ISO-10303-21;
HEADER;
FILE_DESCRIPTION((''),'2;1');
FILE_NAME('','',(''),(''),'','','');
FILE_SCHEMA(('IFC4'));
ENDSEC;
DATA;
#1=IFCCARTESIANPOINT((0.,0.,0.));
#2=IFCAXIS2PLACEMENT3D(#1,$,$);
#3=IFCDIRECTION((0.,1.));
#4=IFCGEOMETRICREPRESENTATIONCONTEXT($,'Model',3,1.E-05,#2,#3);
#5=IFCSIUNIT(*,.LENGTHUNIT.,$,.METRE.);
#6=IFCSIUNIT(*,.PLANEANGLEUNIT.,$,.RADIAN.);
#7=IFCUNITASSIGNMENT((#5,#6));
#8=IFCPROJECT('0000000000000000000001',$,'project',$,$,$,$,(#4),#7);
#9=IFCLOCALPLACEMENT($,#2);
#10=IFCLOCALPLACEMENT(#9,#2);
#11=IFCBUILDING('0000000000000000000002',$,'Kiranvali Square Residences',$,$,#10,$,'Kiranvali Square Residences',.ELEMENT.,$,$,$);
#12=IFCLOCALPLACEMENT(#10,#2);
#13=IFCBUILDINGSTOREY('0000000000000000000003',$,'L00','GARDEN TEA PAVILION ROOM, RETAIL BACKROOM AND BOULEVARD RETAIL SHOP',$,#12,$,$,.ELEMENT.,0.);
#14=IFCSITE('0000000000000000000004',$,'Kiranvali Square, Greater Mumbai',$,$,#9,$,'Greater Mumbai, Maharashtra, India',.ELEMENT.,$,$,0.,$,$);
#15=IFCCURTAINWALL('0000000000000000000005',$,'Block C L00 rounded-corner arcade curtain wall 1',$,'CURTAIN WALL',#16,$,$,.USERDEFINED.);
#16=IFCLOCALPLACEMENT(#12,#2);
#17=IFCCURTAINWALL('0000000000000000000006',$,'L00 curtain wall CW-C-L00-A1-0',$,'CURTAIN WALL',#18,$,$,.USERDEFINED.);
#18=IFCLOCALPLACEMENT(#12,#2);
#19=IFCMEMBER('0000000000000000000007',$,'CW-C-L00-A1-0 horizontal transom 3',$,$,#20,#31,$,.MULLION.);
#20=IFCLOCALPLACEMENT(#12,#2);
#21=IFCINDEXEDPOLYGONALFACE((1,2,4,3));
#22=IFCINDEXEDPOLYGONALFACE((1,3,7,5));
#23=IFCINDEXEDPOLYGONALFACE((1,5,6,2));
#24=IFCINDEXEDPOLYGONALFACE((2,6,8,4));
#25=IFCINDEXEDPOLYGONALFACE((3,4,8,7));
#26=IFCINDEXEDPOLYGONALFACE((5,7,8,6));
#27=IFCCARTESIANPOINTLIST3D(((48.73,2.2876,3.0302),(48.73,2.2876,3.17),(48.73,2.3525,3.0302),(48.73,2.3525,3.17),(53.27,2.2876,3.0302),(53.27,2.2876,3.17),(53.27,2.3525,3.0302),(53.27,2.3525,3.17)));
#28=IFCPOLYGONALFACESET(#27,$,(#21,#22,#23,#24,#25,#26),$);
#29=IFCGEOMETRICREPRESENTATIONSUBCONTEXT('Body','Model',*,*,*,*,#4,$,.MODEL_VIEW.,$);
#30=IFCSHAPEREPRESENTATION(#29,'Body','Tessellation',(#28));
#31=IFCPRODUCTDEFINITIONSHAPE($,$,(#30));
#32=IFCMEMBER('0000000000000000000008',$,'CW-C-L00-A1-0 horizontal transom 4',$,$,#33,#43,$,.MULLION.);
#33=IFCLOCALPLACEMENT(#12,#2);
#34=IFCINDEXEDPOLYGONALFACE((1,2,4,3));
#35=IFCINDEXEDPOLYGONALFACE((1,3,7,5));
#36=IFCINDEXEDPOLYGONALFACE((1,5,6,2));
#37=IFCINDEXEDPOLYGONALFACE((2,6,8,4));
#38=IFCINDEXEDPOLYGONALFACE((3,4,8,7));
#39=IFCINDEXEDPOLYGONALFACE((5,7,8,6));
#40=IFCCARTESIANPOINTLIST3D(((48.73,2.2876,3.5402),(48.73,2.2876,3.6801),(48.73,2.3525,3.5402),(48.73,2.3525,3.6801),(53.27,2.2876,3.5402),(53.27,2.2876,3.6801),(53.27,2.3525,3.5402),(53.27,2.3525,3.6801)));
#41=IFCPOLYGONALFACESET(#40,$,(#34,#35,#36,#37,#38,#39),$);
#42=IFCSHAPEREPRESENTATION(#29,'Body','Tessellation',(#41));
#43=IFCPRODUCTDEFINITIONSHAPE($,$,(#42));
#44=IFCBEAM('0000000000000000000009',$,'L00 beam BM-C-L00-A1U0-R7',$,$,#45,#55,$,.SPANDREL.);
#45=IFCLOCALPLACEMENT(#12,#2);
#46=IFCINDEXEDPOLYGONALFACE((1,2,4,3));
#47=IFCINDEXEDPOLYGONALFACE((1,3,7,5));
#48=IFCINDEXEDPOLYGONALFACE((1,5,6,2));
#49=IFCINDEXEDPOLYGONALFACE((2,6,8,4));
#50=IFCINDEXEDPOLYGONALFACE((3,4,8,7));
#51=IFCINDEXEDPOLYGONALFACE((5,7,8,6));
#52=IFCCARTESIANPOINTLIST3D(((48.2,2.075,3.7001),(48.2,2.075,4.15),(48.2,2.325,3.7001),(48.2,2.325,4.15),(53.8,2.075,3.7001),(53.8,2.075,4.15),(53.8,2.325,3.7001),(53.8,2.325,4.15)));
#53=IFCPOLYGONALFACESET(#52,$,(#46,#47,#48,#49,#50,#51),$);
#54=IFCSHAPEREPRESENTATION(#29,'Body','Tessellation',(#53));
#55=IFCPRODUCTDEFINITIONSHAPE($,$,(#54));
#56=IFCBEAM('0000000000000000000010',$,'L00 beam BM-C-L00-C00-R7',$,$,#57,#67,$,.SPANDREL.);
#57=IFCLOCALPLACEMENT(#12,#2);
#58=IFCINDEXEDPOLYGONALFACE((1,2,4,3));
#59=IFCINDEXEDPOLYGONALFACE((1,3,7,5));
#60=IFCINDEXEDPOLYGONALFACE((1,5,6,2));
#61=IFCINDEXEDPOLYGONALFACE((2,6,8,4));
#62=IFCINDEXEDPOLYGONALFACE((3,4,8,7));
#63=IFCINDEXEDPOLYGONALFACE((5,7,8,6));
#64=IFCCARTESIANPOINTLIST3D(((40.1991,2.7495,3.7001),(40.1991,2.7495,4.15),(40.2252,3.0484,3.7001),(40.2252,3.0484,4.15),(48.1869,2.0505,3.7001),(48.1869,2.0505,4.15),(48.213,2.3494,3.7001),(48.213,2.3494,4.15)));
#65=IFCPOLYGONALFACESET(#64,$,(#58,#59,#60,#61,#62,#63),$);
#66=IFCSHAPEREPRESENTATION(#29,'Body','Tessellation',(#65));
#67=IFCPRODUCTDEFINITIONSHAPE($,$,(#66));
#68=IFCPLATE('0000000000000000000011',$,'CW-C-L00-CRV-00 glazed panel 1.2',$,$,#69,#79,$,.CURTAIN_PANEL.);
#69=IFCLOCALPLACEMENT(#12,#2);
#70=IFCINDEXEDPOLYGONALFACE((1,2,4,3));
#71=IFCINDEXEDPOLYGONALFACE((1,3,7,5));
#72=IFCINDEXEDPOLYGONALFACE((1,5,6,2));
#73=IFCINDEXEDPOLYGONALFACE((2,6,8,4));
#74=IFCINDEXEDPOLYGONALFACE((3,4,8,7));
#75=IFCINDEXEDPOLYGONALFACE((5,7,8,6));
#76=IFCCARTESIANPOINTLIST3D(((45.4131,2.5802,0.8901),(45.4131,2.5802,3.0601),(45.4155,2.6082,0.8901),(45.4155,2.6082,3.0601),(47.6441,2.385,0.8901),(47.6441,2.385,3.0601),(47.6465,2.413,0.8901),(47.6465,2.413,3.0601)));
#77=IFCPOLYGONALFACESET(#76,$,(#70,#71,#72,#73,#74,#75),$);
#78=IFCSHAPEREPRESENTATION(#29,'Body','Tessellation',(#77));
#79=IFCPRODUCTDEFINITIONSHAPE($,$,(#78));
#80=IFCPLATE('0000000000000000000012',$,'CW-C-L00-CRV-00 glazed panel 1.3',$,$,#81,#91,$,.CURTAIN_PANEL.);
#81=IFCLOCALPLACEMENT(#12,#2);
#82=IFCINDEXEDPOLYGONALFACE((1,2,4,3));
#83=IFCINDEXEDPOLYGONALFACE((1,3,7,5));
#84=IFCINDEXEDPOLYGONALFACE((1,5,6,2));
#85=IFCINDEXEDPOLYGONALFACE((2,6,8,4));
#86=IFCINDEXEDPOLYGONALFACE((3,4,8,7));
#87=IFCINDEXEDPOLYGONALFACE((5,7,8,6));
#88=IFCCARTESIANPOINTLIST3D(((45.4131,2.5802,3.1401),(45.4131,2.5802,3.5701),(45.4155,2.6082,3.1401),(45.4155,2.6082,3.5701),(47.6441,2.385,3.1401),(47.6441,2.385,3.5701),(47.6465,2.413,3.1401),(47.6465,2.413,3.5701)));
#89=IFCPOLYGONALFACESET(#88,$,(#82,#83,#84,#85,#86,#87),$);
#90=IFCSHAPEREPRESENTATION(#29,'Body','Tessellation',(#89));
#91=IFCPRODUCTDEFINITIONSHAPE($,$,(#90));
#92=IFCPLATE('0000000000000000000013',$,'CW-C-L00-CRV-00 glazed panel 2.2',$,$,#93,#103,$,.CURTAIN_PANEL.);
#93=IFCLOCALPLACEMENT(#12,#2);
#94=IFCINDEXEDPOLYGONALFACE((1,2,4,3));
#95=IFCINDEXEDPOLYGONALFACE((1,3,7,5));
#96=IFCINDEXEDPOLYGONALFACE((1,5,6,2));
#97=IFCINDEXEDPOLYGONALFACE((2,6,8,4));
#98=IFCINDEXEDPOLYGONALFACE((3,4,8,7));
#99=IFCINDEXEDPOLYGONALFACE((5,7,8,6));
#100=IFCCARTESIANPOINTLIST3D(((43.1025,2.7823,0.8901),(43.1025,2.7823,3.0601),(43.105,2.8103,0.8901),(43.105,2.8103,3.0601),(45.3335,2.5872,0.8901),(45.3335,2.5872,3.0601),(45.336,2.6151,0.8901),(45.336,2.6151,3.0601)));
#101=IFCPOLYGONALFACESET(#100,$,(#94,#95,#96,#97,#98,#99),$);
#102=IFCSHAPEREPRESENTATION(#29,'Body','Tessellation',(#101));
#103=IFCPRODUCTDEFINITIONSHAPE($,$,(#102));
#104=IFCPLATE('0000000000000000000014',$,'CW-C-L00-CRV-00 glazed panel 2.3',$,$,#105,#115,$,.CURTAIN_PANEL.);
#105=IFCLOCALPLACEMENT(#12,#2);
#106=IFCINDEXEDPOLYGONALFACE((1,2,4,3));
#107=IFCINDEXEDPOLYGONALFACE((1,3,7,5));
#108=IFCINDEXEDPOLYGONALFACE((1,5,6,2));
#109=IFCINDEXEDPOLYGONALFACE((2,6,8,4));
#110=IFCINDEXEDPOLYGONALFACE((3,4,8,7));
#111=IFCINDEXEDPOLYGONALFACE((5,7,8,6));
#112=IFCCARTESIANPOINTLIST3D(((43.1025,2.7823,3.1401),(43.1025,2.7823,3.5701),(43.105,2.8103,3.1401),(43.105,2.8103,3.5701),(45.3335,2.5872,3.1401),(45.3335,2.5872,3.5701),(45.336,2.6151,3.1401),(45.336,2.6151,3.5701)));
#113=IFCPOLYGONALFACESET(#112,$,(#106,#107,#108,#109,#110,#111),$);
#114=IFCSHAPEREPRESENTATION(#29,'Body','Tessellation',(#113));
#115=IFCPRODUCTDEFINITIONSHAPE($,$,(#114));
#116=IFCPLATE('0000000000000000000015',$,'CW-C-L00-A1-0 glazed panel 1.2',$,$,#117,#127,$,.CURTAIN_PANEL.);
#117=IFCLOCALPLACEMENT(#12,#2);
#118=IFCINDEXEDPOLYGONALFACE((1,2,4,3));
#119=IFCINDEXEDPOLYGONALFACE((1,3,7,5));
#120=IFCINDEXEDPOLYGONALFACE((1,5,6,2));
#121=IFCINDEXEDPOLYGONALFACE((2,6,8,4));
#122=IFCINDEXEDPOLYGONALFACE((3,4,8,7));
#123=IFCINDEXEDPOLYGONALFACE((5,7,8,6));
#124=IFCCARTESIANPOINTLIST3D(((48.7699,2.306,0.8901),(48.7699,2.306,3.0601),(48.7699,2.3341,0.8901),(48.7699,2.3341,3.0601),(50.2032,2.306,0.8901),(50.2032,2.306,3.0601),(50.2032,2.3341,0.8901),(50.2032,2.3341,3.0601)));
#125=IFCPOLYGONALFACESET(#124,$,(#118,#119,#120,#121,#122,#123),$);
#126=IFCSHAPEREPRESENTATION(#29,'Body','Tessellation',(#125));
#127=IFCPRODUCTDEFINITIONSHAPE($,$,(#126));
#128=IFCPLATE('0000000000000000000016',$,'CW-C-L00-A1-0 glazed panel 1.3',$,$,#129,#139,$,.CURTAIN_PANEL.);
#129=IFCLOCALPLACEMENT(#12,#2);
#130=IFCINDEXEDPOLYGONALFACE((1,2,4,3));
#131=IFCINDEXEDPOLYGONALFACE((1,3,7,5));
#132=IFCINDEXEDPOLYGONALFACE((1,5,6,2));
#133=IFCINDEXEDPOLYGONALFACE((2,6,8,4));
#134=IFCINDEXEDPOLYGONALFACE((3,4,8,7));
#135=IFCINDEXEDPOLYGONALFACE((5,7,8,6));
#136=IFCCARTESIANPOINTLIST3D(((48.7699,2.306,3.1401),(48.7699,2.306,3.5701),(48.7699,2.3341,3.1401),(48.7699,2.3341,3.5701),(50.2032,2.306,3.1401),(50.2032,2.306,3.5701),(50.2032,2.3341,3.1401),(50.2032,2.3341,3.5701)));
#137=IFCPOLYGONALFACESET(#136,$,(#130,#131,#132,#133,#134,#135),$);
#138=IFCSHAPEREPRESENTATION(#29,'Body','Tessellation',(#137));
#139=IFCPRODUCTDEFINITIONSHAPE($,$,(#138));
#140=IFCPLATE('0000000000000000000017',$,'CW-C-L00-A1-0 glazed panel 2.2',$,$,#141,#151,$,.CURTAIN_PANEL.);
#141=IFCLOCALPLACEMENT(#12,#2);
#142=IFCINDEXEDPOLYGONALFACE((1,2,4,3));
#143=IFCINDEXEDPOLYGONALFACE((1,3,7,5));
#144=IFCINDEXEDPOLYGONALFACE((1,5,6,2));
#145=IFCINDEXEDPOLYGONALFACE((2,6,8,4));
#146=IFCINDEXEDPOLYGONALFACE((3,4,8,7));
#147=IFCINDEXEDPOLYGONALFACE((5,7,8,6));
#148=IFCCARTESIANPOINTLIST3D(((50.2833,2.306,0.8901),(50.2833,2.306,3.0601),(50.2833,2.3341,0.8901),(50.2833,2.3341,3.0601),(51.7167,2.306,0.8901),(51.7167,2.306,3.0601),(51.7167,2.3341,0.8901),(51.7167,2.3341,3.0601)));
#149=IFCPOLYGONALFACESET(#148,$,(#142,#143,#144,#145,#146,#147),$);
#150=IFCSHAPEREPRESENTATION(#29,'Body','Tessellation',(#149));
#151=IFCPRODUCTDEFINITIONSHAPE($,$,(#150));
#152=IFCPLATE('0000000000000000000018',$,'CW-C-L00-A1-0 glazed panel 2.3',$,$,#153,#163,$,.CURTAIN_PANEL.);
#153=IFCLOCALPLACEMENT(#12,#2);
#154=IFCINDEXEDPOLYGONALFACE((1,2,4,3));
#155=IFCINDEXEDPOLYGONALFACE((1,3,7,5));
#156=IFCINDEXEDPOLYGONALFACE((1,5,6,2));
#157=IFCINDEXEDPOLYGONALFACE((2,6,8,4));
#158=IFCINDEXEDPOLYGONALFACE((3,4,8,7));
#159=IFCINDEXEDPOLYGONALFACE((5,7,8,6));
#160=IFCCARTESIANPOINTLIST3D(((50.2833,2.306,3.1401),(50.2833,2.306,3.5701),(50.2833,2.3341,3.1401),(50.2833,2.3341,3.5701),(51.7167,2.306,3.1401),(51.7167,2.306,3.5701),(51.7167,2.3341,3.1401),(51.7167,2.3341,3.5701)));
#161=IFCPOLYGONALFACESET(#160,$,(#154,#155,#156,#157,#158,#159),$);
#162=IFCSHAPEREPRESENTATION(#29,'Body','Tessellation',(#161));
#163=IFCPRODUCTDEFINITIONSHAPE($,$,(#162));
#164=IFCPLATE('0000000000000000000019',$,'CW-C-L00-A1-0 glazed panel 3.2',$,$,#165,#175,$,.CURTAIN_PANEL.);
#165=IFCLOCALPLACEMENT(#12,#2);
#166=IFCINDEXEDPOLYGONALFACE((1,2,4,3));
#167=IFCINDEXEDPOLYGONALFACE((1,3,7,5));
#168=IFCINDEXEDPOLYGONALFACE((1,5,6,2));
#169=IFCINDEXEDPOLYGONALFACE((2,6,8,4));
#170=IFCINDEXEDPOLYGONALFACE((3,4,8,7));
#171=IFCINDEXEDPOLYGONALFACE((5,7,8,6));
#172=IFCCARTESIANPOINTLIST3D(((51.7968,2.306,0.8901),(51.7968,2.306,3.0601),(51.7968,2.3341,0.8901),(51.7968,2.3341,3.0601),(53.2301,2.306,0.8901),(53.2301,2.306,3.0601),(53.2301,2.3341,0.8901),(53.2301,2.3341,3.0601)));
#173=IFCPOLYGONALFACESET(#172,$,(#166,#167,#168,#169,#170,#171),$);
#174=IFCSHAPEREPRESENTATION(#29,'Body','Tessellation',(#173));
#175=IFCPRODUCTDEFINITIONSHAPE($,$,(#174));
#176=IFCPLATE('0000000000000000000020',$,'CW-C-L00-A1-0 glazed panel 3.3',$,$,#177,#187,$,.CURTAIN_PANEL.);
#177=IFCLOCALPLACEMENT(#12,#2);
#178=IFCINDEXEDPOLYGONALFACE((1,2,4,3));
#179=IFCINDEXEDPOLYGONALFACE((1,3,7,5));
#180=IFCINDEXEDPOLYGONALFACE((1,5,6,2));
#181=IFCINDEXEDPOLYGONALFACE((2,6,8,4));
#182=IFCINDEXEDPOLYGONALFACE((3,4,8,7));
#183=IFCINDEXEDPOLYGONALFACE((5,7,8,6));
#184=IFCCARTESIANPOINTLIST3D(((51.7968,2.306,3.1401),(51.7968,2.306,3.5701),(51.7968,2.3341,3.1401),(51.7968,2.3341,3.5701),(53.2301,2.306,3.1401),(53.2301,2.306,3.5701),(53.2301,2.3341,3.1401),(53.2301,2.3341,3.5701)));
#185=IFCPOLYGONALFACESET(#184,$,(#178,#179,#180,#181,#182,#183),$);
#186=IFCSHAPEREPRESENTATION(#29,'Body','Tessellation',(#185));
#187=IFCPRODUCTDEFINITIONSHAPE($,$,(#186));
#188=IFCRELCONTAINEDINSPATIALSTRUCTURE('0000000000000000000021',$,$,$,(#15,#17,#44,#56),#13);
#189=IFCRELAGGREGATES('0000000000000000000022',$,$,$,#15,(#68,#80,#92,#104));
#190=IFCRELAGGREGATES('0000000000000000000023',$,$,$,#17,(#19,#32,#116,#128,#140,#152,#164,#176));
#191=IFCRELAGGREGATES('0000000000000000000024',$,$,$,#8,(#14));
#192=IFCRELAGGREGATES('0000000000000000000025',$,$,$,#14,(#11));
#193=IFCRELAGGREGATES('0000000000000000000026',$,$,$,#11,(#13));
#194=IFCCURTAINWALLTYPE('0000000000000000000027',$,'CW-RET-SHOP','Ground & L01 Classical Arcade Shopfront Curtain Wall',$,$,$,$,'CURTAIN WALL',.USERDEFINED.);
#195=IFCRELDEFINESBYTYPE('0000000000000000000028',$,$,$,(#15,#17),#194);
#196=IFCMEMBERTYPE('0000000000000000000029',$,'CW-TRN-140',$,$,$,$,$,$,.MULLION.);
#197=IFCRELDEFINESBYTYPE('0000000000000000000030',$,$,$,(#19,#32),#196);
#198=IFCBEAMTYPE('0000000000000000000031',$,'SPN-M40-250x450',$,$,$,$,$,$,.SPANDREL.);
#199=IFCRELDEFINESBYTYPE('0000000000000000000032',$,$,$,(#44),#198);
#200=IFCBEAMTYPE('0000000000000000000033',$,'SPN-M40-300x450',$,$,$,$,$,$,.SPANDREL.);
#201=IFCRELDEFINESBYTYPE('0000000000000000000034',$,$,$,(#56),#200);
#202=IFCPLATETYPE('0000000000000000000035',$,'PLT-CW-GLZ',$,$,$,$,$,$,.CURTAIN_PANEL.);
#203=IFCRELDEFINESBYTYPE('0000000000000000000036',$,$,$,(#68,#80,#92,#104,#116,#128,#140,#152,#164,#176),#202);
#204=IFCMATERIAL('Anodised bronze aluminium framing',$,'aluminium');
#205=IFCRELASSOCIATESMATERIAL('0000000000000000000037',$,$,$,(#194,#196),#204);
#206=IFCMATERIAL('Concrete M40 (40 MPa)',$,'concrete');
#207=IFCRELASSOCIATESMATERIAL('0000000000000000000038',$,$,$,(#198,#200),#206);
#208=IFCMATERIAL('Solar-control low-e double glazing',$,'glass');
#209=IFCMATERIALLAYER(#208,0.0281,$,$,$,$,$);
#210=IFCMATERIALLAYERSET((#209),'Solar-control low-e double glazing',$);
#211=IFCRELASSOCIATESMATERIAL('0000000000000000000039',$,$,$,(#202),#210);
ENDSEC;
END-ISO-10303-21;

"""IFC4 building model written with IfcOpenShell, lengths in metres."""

from ifc_helpers import new_model, si_unit, direction, frame, origin, origin_2d, place, context, subcontext, project, spatial, rectangle, extrude, material, layer, layer_set, material_profile, profile_set, type_object, element, aggregate, save


model = new_model("IFC4")

# Units and contexts
model_context = context("Model", 3, precision=1e-05, world=origin(), true_north=direction((0.0, 1.0)))
body_context = subcontext(model_context, "Body", "Model", "MODEL_VIEW")
ifc_project = project(units=[si_unit("LENGTHUNIT", "METRE"), si_unit("PLANEANGLEUNIT", "RADIAN")], contexts=[model_context])

# Site, building, storey
site_placement = place(None, origin())
site = spatial("IfcSite", under=ifc_project, at=site_placement, Name="Kiranvali Square, Greater Mumbai", LongName="Greater Mumbai, Maharashtra, India", CompositionType="ELEMENT", RefElevation=0.0)
building_placement = place(site_placement, origin())
building = spatial("IfcBuilding", under=site, at=building_placement, Name="Kiranvali Square Residences", LongName="Kiranvali Square Residences", CompositionType="ELEMENT")
storey_placement = place(building_placement, origin())
storey = spatial("IfcBuildingStorey", under=building, at=storey_placement, Name="L00", Description="GARDEN TEA PAVILION ROOM, RETAIL BACKROOM AND BOULEVARD RETAIL SHOP", CompositionType="ELEMENT", Elevation=0.0)

# Curtain walls
ifc_material_1 = material(Name="Anodised bronze aluminium framing", Category="aluminium")
curtain_wall_type = type_object("IfcCurtainWallType", Name="CW-RET-SHOP", Description="Ground & L01 Classical Arcade Shopfront Curtain Wall", ElementType="CURTAIN WALL", PredefinedType="USERDEFINED", material=ifc_material_1)
curtain_wall_1_placement = place(storey_placement, origin())
curtain_wall_1 = element("IfcCurtainWall", 1, at=curtain_wall_1_placement, inside=storey, type_object=curtain_wall_type, Name="Block C L00 rounded-corner arcade curtain wall 1", ObjectType="CURTAIN WALL", PredefinedType="USERDEFINED")
curtain_wall_2_placement = place(storey_placement, origin())
curtain_wall_2 = element("IfcCurtainWall", 2, at=curtain_wall_2_placement, inside=storey, type_object=curtain_wall_type, Name="L00 curtain wall CW-C-L00-A1-0", ObjectType="CURTAIN WALL", PredefinedType="USERDEFINED")

# Members
ifc_material_profile_1 = material_profile(ifc_material_1, rectangle(XDim=0.0649, YDim=0.1399, at=origin_2d()), Name="ALU 65x140")
ifc_profile_set_1 = profile_set([ifc_material_profile_1], Name="Anodised bronze aluminium framing")
member_type_1 = type_object("IfcMemberType", Name="CW-TRN-140", PredefinedType="MULLION", material=ifc_profile_set_1)
member_1_placement = place(storey_placement, frame((48.73, 2.3201, 3.1001), z_axis=(1.0, 0.0, 0.0), x_axis=(0.0, 1.0, 0.0)))
member_1 = element("IfcMember", 3, at=member_1_placement, type_object=member_type_1, Name="CW-C-L00-A1-0 horizontal transom 3", PredefinedType="MULLION", context=body_context, shape_type="SweptSolid", body=[
    extrude(rectangle(XDim=0.0649, YDim=0.1399, at=origin_2d()), origin(), (0.0, 0.0, 1.0), 4.54),
])
member_2_placement = place(storey_placement, frame((48.73, 2.3201, 3.6101), z_axis=(1.0, 0.0, 0.0), x_axis=(0.0, 1.0, 0.0)))
member_2 = element("IfcMember", 4, at=member_2_placement, type_object=member_type_1, Name="CW-C-L00-A1-0 horizontal transom 4", PredefinedType="MULLION", context=body_context, shape_type="SweptSolid", body=[
    extrude(rectangle(XDim=0.0649, YDim=0.1399, at=origin_2d()), origin(), (0.0, 0.0, 1.0), 4.54),
])

# Beams
ifc_material_2 = material(Name="Concrete M40 (40 MPa)", Category="concrete")
ifc_material_profile_2 = material_profile(ifc_material_2, rectangle(XDim=0.25, YDim=0.45, at=origin_2d()), Name="RC 250x450")
ifc_profile_set_2 = profile_set([ifc_material_profile_2], Name="Concrete M40 (40 MPa)")
beam_type_1 = type_object("IfcBeamType", Name="SPN-M40-250x450", PredefinedType="SPANDREL", material=ifc_profile_set_2)
beam_1_placement = place(storey_placement, frame((48.2, 2.2, 3.925), z_axis=(1.0, 0.0, 0.0), x_axis=(0.0, 1.0, 0.0)))
element("IfcBeam", 5, at=beam_1_placement, inside=storey, type_object=beam_type_1, Name="L00 beam BM-C-L00-A1U0-R7", PredefinedType="SPANDREL", context=body_context, shape_type="SweptSolid", body=[
    extrude(rectangle(XDim=0.25, YDim=0.45, at=origin_2d()), origin(), (0.0, 0.0, 1.0), 5.6001),
])
ifc_material_profile_3 = material_profile(ifc_material_2, rectangle(XDim=0.3, YDim=0.45, at=origin_2d()), Name="RC 300x450")
ifc_profile_set_3 = profile_set([ifc_material_profile_3], Name="Concrete M40 (40 MPa)")
beam_type_2 = type_object("IfcBeamType", Name="SPN-M40-300x450", PredefinedType="SPANDREL", material=ifc_profile_set_3)
beam_2_placement = place(storey_placement, frame((48.2, 2.2, 3.925), z_axis=(-0.996193, 0.087172, 0.0), x_axis=(-0.087172, -0.996193, 0.0)))
element("IfcBeam", 6, at=beam_2_placement, inside=storey, type_object=beam_type_2, Name="L00 beam BM-C-L00-C00-R7", PredefinedType="SPANDREL", context=body_context, shape_type="SweptSolid", body=[
    extrude(rectangle(XDim=0.3, YDim=0.45, at=origin_2d()), origin(), (0.0, 0.0, 1.0), 8.0183),
])

# Plates
ifc_material_3 = material(Name="Solar-control low-e double glazing", Category="glass")
ifc_layer_1 = layer(ifc_material_3, 0.0281)
ifc_layer_set_1 = layer_set([ifc_layer_1], Name="Solar-control low-e double glazing")
plate_type_1 = type_object("IfcPlateType", Name="PLT-CW-GLZ", PredefinedType="CURTAIN_PANEL", material=ifc_layer_set_1)
plate_1_placement = place(storey_placement, frame((46.5298, 2.4966, 0.8901), z_axis=(0.0, 0.0, 1.0), x_axis=(-0.996195, 0.087156, 0.0)))
plate_1 = element("IfcPlate", 7, at=plate_1_placement, type_object=plate_type_1, Name="CW-C-L00-CRV-00 glazed panel 1.2", PredefinedType="CURTAIN_PANEL", context=body_context, shape_type="SweptSolid", body=[
    extrude(rectangle(XDim=2.2395, YDim=0.0281, at=origin_2d()), origin(), (0.0, 0.0, 1.0), 2.1699),
])
plate_2_placement = place(storey_placement, frame((46.5298, 2.4966, 3.1401), z_axis=(0.0, 0.0, 1.0), x_axis=(-0.996195, 0.087156, 0.0)))
plate_2 = element("IfcPlate", 8, at=plate_2_placement, type_object=plate_type_1, Name="CW-C-L00-CRV-00 glazed panel 1.3", PredefinedType="CURTAIN_PANEL", context=body_context, shape_type="SweptSolid", body=[
    extrude(rectangle(XDim=2.2395, YDim=0.0281, at=origin_2d()), origin(), (0.0, 0.0, 1.0), 0.4299),
])
plate_3_placement = place(storey_placement, frame((44.2192, 2.6987, 0.8901), z_axis=(0.0, 0.0, 1.0), x_axis=(-0.996195, 0.087156, 0.0)))
plate_3 = element("IfcPlate", 9, at=plate_3_placement, type_object=plate_type_1, Name="CW-C-L00-CRV-00 glazed panel 2.2", PredefinedType="CURTAIN_PANEL", context=body_context, shape_type="SweptSolid", body=[
    extrude(rectangle(XDim=2.2395, YDim=0.0281, at=origin_2d()), origin(), (0.0, 0.0, 1.0), 2.1699),
])
plate_4_placement = place(storey_placement, frame((44.2192, 2.6987, 3.1401), z_axis=(0.0, 0.0, 1.0), x_axis=(-0.996195, 0.087156, 0.0)))
plate_4 = element("IfcPlate", 10, at=plate_4_placement, type_object=plate_type_1, Name="CW-C-L00-CRV-00 glazed panel 2.3", PredefinedType="CURTAIN_PANEL", context=body_context, shape_type="SweptSolid", body=[
    extrude(rectangle(XDim=2.2395, YDim=0.0281, at=origin_2d()), origin(), (0.0, 0.0, 1.0), 0.4299),
])
plate_5_placement = place(storey_placement, frame((49.4866, 2.3201, 0.8901), z_axis=(0.0, 0.0, 1.0), x_axis=(1.0, 0.0, 0.0)))
plate_5 = element("IfcPlate", 11, at=plate_5_placement, type_object=plate_type_1, Name="CW-C-L00-A1-0 glazed panel 1.2", PredefinedType="CURTAIN_PANEL", context=body_context, shape_type="SweptSolid", body=[
    extrude(rectangle(XDim=1.4333, YDim=0.0281, at=origin_2d()), origin(), (0.0, 0.0, 1.0), 2.1699),
])
plate_6_placement = place(storey_placement, frame((49.4866, 2.3201, 3.1401), z_axis=(0.0, 0.0, 1.0), x_axis=(1.0, 0.0, 0.0)))
plate_6 = element("IfcPlate", 12, at=plate_6_placement, type_object=plate_type_1, Name="CW-C-L00-A1-0 glazed panel 1.3", PredefinedType="CURTAIN_PANEL", context=body_context, shape_type="SweptSolid", body=[
    extrude(rectangle(XDim=1.4333, YDim=0.0281, at=origin_2d()), origin(), (0.0, 0.0, 1.0), 0.4299),
])
plate_7_placement = place(storey_placement, frame((51.0, 2.3201, 0.8901), z_axis=(0.0, 0.0, 1.0), x_axis=(1.0, 0.0, 0.0)))
plate_7 = element("IfcPlate", 13, at=plate_7_placement, type_object=plate_type_1, Name="CW-C-L00-A1-0 glazed panel 2.2", PredefinedType="CURTAIN_PANEL", context=body_context, shape_type="SweptSolid", body=[
    extrude(rectangle(XDim=1.4333, YDim=0.0281, at=origin_2d()), origin(), (0.0, 0.0, 1.0), 2.1699),
])
plate_8_placement = place(storey_placement, frame((51.0, 2.3201, 3.1401), z_axis=(0.0, 0.0, 1.0), x_axis=(1.0, 0.0, 0.0)))
plate_8 = element("IfcPlate", 14, at=plate_8_placement, type_object=plate_type_1, Name="CW-C-L00-A1-0 glazed panel 2.3", PredefinedType="CURTAIN_PANEL", context=body_context, shape_type="SweptSolid", body=[
    extrude(rectangle(XDim=1.4333, YDim=0.0281, at=origin_2d()), origin(), (0.0, 0.0, 1.0), 0.4299),
])
plate_9_placement = place(storey_placement, frame((52.5134, 2.3201, 0.8901), z_axis=(0.0, 0.0, 1.0), x_axis=(1.0, 0.0, 0.0)))
plate_9 = element("IfcPlate", 15, at=plate_9_placement, type_object=plate_type_1, Name="CW-C-L00-A1-0 glazed panel 3.2", PredefinedType="CURTAIN_PANEL", context=body_context, shape_type="SweptSolid", body=[
    extrude(rectangle(XDim=1.4333, YDim=0.0281, at=origin_2d()), origin(), (0.0, 0.0, 1.0), 2.1699),
])
plate_10_placement = place(storey_placement, frame((52.5134, 2.3201, 3.1401), z_axis=(0.0, 0.0, 1.0), x_axis=(1.0, 0.0, 0.0)))
plate_10 = element("IfcPlate", 16, at=plate_10_placement, type_object=plate_type_1, Name="CW-C-L00-A1-0 glazed panel 3.3", PredefinedType="CURTAIN_PANEL", context=body_context, shape_type="SweptSolid", body=[
    extrude(rectangle(XDim=1.4333, YDim=0.0281, at=origin_2d()), origin(), (0.0, 0.0, 1.0), 0.4299),
])
aggregate(curtain_wall_1, [plate_1, plate_2, plate_3, plate_4])
aggregate(curtain_wall_2, [member_1, member_2, plate_5, plate_6, plate_7, plate_8, plate_9, plate_10])

save(model, "model.ifc")
